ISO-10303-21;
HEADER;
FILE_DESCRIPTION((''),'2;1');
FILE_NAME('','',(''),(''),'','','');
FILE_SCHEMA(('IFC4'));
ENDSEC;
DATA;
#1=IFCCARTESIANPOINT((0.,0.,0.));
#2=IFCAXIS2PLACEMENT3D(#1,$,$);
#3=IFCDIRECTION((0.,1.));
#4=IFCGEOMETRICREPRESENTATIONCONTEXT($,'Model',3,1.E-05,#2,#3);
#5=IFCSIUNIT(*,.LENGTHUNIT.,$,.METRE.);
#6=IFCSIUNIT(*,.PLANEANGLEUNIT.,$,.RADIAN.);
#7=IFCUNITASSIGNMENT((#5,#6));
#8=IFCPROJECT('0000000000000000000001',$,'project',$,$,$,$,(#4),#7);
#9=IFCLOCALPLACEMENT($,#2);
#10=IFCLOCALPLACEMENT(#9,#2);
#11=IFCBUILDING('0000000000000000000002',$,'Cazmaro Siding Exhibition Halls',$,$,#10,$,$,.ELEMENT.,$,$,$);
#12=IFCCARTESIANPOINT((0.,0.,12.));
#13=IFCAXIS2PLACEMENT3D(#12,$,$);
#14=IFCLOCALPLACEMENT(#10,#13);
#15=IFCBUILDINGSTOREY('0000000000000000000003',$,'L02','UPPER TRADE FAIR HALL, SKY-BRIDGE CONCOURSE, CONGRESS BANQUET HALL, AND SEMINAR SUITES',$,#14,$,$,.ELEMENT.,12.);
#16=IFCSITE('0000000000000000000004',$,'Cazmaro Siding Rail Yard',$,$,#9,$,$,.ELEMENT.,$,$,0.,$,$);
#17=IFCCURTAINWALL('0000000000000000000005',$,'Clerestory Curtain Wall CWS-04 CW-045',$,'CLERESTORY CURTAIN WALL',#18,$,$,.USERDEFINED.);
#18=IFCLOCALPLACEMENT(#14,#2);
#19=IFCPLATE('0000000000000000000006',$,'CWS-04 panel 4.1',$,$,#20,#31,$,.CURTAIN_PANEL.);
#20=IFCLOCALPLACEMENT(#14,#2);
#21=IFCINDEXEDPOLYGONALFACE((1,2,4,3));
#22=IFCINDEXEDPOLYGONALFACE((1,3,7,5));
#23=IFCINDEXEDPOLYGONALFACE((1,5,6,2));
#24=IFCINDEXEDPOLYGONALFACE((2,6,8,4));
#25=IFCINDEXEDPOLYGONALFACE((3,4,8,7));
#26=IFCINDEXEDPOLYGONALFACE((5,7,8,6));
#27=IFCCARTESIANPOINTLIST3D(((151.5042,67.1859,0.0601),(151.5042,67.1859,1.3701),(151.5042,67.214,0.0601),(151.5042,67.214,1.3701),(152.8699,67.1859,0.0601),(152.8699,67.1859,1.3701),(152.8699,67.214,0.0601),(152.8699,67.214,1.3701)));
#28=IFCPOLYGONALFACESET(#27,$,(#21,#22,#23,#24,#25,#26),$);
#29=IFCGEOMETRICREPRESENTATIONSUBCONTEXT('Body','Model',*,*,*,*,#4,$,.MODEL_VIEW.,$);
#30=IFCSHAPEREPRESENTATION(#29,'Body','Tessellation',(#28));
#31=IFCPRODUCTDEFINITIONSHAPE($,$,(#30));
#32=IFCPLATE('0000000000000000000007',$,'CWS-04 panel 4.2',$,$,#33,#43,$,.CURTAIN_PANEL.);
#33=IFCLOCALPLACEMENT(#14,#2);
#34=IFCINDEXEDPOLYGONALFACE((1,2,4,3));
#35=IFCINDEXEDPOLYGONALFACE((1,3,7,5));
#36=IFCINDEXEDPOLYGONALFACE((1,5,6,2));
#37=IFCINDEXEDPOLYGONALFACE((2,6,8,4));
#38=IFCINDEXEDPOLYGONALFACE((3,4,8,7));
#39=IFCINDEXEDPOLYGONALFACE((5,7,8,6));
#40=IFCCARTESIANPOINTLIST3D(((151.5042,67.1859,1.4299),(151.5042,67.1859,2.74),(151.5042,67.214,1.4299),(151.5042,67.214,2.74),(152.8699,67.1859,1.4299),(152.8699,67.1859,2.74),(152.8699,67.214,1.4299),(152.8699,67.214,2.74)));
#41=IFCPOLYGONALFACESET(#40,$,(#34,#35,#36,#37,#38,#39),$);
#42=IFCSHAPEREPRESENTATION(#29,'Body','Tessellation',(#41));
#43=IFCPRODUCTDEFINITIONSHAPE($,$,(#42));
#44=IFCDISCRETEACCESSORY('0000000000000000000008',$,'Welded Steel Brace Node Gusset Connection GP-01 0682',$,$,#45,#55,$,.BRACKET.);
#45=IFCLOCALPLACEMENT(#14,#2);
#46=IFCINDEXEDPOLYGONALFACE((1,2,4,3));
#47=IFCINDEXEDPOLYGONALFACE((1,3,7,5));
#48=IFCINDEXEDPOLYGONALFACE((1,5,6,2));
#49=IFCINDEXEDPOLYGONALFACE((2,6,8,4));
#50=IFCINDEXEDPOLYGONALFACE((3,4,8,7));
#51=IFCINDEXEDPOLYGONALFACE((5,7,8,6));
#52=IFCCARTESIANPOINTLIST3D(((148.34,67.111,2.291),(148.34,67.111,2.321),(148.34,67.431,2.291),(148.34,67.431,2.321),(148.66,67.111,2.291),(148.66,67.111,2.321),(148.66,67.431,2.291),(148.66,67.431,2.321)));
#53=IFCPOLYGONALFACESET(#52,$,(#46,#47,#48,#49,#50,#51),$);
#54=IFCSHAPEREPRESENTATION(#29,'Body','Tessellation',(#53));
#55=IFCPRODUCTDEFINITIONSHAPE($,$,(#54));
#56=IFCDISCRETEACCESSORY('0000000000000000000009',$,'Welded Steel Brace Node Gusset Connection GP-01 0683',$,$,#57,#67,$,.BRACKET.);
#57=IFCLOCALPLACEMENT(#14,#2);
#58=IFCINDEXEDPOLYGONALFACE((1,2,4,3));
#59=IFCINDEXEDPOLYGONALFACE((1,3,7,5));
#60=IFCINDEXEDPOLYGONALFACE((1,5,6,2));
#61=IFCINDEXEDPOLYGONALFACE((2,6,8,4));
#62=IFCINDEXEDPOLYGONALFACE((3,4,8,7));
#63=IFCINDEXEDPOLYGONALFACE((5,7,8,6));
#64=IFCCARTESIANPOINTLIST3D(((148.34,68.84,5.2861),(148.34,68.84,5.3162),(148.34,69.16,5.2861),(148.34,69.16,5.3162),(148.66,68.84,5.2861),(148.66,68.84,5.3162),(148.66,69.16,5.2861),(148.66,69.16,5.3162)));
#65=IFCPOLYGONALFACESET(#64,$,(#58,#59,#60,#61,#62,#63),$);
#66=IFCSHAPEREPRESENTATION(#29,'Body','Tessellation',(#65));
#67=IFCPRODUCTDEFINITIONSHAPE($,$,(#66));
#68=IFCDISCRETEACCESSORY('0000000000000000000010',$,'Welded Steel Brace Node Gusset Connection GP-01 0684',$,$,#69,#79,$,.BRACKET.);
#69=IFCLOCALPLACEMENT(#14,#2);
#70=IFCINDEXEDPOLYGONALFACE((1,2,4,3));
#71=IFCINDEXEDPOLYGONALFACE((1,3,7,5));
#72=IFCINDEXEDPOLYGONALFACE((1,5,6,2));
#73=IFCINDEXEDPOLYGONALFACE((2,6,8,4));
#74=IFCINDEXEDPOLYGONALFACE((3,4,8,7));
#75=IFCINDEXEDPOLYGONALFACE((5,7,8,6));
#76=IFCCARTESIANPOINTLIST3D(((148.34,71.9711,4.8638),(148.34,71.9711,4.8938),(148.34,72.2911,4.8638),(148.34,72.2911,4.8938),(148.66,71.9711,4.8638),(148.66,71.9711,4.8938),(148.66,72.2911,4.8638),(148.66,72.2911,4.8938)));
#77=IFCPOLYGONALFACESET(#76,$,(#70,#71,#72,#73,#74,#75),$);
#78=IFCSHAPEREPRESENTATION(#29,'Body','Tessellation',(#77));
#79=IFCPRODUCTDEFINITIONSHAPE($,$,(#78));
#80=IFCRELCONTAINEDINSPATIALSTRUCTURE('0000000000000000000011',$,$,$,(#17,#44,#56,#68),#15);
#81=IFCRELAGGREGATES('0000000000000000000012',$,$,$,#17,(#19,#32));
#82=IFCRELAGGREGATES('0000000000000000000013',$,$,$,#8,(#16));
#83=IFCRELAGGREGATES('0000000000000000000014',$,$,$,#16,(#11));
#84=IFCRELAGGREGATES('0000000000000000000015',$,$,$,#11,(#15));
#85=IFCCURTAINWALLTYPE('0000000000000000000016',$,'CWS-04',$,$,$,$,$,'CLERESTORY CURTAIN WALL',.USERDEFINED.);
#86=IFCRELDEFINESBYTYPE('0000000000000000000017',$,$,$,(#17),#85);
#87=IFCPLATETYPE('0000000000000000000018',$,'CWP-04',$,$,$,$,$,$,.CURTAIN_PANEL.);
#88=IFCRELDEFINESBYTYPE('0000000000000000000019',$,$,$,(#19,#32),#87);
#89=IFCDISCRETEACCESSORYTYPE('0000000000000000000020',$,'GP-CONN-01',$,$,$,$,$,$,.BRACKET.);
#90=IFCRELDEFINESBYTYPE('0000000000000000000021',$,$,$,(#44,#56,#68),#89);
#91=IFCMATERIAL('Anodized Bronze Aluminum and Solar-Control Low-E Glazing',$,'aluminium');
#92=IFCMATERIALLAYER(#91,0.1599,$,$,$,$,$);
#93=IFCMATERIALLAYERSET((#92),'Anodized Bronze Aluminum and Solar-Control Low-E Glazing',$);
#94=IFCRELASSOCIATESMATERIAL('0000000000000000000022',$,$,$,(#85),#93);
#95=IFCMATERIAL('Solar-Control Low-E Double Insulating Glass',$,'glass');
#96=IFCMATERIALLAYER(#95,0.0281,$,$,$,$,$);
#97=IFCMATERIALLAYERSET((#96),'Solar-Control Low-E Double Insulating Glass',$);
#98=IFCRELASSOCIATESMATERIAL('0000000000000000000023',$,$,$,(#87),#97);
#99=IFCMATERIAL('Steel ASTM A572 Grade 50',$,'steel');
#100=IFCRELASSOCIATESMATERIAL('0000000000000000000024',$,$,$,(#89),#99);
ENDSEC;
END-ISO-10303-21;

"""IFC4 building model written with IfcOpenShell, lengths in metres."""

from ifc_helpers import new_model, si_unit, direction, frame, origin, origin_2d, place, context, subcontext, project, spatial, rectangle, extrude, material, layer, layer_set, type_object, element, aggregate, save


model = new_model("IFC4")

# Units and contexts
model_context = context("Model", 3, precision=1e-05, world=origin(), true_north=direction((0.0, 1.0)))
body_context = subcontext(model_context, "Body", "Model", "MODEL_VIEW")
ifc_project = project(units=[si_unit("LENGTHUNIT", "METRE"), si_unit("PLANEANGLEUNIT", "RADIAN")], contexts=[model_context])

# Site, building, storey
site_placement = place(None, origin())
site = spatial("IfcSite", under=ifc_project, at=site_placement, Name="Cazmaro Siding Rail Yard", CompositionType="ELEMENT", RefElevation=0.0)
building_placement = place(site_placement, origin())
building = spatial("IfcBuilding", under=site, at=building_placement, Name="Cazmaro Siding Exhibition Halls", CompositionType="ELEMENT")
storey_placement = place(building_placement, frame((0.0, 0.0, 12.0)))
storey = spatial("IfcBuildingStorey", under=building, at=storey_placement, Name="L02", Description="UPPER TRADE FAIR HALL, SKY-BRIDGE CONCOURSE, CONGRESS BANQUET HALL, AND SEMINAR SUITES", CompositionType="ELEMENT", Elevation=12.0)

# Curtain wall
ifc_material_1 = material(Name="Anodized Bronze Aluminum and Solar-Control Low-E Glazing", Category="aluminium")
ifc_layer_1 = layer(ifc_material_1, 0.1599)
ifc_layer_set_1 = layer_set([ifc_layer_1], Name="Anodized Bronze Aluminum and Solar-Control Low-E Glazing")
curtain_wall_type = type_object("IfcCurtainWallType", Name="CWS-04", ElementType="CLERESTORY CURTAIN WALL", PredefinedType="USERDEFINED", material=ifc_layer_set_1)
curtain_wall_placement = place(storey_placement, origin())
curtain_wall = element("IfcCurtainWall", 1, at=curtain_wall_placement, inside=storey, type_object=curtain_wall_type, Name="Clerestory Curtain Wall CWS-04 CW-045", ObjectType="CLERESTORY CURTAIN WALL", PredefinedType="USERDEFINED")

# Plates
ifc_material_2 = material(Name="Solar-Control Low-E Double Insulating Glass", Category="glass")
ifc_layer_2 = layer(ifc_material_2, 0.0281)
ifc_layer_set_2 = layer_set([ifc_layer_2], Name="Solar-Control Low-E Double Insulating Glass")
plate_type = type_object("IfcPlateType", Name="CWP-04", PredefinedType="CURTAIN_PANEL", material=ifc_layer_set_2)
plate_1_placement = place(storey_placement, frame((152.187, 67.2, 0.0601), z_axis=(0.0, 0.0, 1.0), x_axis=(1.0, 0.0, 0.0)))
plate_1 = element("IfcPlate", 2, at=plate_1_placement, type_object=plate_type, Name="CWS-04 panel 4.1", PredefinedType="CURTAIN_PANEL", context=body_context, shape_type="SweptSolid", body=[
    extrude(rectangle(XDim=1.3657, YDim=0.0281, at=origin_2d()), origin(), (0.0, 0.0, 1.0), 1.3101),
])
plate_2_placement = place(storey_placement, frame((152.187, 67.2, 1.4299), z_axis=(0.0, 0.0, 1.0), x_axis=(1.0, 0.0, 0.0)))
plate_2 = element("IfcPlate", 3, at=plate_2_placement, type_object=plate_type, Name="CWS-04 panel 4.2", PredefinedType="CURTAIN_PANEL", context=body_context, shape_type="SweptSolid", body=[
    extrude(rectangle(XDim=1.3657, YDim=0.0281, at=origin_2d()), origin(), (0.0, 0.0, 1.0), 1.3101),
])
aggregate(curtain_wall, [plate_1, plate_2])

# Discrete accessories
ifc_material_3 = material(Name="Steel ASTM A572 Grade 50", Category="steel")
discrete_accessory_type = type_object("IfcDiscreteAccessoryType", Name="GP-CONN-01", PredefinedType="BRACKET", material=ifc_material_3)
for number, where, z_axis, x_axis, name in (
    (4, (148.5, 67.271, 2.291), (0.0, 0.0, 1.0), (1.0, 0.0, 0.0), "Welded Steel Brace Node Gusset Connection GP-01 0682"),
    (5, (148.5, 69.0, 5.2861), (0.0, 0.0, 1.0), (1.0, 0.0, 0.0), "Welded Steel Brace Node Gusset Connection GP-01 0683"),
    (6, (148.5, 72.1311, 4.8638), (0.0, 0.0, 1.0), (1.0, 0.0, 0.0), "Welded Steel Brace Node Gusset Connection GP-01 0684"),
):
    element("IfcDiscreteAccessory", number, at=place(storey_placement, frame(where, z_axis=z_axis, x_axis=x_axis)), inside=storey, type_object=discrete_accessory_type, Name=name, PredefinedType="BRACKET", context=body_context, shape_type="SweptSolid", body=[
        extrude(rectangle(XDim=0.3201, YDim=0.3201, at=origin_2d()), origin(), (0.0, 0.0, 1.0), 0.03),
    ])

save(model, "model.ifc")
